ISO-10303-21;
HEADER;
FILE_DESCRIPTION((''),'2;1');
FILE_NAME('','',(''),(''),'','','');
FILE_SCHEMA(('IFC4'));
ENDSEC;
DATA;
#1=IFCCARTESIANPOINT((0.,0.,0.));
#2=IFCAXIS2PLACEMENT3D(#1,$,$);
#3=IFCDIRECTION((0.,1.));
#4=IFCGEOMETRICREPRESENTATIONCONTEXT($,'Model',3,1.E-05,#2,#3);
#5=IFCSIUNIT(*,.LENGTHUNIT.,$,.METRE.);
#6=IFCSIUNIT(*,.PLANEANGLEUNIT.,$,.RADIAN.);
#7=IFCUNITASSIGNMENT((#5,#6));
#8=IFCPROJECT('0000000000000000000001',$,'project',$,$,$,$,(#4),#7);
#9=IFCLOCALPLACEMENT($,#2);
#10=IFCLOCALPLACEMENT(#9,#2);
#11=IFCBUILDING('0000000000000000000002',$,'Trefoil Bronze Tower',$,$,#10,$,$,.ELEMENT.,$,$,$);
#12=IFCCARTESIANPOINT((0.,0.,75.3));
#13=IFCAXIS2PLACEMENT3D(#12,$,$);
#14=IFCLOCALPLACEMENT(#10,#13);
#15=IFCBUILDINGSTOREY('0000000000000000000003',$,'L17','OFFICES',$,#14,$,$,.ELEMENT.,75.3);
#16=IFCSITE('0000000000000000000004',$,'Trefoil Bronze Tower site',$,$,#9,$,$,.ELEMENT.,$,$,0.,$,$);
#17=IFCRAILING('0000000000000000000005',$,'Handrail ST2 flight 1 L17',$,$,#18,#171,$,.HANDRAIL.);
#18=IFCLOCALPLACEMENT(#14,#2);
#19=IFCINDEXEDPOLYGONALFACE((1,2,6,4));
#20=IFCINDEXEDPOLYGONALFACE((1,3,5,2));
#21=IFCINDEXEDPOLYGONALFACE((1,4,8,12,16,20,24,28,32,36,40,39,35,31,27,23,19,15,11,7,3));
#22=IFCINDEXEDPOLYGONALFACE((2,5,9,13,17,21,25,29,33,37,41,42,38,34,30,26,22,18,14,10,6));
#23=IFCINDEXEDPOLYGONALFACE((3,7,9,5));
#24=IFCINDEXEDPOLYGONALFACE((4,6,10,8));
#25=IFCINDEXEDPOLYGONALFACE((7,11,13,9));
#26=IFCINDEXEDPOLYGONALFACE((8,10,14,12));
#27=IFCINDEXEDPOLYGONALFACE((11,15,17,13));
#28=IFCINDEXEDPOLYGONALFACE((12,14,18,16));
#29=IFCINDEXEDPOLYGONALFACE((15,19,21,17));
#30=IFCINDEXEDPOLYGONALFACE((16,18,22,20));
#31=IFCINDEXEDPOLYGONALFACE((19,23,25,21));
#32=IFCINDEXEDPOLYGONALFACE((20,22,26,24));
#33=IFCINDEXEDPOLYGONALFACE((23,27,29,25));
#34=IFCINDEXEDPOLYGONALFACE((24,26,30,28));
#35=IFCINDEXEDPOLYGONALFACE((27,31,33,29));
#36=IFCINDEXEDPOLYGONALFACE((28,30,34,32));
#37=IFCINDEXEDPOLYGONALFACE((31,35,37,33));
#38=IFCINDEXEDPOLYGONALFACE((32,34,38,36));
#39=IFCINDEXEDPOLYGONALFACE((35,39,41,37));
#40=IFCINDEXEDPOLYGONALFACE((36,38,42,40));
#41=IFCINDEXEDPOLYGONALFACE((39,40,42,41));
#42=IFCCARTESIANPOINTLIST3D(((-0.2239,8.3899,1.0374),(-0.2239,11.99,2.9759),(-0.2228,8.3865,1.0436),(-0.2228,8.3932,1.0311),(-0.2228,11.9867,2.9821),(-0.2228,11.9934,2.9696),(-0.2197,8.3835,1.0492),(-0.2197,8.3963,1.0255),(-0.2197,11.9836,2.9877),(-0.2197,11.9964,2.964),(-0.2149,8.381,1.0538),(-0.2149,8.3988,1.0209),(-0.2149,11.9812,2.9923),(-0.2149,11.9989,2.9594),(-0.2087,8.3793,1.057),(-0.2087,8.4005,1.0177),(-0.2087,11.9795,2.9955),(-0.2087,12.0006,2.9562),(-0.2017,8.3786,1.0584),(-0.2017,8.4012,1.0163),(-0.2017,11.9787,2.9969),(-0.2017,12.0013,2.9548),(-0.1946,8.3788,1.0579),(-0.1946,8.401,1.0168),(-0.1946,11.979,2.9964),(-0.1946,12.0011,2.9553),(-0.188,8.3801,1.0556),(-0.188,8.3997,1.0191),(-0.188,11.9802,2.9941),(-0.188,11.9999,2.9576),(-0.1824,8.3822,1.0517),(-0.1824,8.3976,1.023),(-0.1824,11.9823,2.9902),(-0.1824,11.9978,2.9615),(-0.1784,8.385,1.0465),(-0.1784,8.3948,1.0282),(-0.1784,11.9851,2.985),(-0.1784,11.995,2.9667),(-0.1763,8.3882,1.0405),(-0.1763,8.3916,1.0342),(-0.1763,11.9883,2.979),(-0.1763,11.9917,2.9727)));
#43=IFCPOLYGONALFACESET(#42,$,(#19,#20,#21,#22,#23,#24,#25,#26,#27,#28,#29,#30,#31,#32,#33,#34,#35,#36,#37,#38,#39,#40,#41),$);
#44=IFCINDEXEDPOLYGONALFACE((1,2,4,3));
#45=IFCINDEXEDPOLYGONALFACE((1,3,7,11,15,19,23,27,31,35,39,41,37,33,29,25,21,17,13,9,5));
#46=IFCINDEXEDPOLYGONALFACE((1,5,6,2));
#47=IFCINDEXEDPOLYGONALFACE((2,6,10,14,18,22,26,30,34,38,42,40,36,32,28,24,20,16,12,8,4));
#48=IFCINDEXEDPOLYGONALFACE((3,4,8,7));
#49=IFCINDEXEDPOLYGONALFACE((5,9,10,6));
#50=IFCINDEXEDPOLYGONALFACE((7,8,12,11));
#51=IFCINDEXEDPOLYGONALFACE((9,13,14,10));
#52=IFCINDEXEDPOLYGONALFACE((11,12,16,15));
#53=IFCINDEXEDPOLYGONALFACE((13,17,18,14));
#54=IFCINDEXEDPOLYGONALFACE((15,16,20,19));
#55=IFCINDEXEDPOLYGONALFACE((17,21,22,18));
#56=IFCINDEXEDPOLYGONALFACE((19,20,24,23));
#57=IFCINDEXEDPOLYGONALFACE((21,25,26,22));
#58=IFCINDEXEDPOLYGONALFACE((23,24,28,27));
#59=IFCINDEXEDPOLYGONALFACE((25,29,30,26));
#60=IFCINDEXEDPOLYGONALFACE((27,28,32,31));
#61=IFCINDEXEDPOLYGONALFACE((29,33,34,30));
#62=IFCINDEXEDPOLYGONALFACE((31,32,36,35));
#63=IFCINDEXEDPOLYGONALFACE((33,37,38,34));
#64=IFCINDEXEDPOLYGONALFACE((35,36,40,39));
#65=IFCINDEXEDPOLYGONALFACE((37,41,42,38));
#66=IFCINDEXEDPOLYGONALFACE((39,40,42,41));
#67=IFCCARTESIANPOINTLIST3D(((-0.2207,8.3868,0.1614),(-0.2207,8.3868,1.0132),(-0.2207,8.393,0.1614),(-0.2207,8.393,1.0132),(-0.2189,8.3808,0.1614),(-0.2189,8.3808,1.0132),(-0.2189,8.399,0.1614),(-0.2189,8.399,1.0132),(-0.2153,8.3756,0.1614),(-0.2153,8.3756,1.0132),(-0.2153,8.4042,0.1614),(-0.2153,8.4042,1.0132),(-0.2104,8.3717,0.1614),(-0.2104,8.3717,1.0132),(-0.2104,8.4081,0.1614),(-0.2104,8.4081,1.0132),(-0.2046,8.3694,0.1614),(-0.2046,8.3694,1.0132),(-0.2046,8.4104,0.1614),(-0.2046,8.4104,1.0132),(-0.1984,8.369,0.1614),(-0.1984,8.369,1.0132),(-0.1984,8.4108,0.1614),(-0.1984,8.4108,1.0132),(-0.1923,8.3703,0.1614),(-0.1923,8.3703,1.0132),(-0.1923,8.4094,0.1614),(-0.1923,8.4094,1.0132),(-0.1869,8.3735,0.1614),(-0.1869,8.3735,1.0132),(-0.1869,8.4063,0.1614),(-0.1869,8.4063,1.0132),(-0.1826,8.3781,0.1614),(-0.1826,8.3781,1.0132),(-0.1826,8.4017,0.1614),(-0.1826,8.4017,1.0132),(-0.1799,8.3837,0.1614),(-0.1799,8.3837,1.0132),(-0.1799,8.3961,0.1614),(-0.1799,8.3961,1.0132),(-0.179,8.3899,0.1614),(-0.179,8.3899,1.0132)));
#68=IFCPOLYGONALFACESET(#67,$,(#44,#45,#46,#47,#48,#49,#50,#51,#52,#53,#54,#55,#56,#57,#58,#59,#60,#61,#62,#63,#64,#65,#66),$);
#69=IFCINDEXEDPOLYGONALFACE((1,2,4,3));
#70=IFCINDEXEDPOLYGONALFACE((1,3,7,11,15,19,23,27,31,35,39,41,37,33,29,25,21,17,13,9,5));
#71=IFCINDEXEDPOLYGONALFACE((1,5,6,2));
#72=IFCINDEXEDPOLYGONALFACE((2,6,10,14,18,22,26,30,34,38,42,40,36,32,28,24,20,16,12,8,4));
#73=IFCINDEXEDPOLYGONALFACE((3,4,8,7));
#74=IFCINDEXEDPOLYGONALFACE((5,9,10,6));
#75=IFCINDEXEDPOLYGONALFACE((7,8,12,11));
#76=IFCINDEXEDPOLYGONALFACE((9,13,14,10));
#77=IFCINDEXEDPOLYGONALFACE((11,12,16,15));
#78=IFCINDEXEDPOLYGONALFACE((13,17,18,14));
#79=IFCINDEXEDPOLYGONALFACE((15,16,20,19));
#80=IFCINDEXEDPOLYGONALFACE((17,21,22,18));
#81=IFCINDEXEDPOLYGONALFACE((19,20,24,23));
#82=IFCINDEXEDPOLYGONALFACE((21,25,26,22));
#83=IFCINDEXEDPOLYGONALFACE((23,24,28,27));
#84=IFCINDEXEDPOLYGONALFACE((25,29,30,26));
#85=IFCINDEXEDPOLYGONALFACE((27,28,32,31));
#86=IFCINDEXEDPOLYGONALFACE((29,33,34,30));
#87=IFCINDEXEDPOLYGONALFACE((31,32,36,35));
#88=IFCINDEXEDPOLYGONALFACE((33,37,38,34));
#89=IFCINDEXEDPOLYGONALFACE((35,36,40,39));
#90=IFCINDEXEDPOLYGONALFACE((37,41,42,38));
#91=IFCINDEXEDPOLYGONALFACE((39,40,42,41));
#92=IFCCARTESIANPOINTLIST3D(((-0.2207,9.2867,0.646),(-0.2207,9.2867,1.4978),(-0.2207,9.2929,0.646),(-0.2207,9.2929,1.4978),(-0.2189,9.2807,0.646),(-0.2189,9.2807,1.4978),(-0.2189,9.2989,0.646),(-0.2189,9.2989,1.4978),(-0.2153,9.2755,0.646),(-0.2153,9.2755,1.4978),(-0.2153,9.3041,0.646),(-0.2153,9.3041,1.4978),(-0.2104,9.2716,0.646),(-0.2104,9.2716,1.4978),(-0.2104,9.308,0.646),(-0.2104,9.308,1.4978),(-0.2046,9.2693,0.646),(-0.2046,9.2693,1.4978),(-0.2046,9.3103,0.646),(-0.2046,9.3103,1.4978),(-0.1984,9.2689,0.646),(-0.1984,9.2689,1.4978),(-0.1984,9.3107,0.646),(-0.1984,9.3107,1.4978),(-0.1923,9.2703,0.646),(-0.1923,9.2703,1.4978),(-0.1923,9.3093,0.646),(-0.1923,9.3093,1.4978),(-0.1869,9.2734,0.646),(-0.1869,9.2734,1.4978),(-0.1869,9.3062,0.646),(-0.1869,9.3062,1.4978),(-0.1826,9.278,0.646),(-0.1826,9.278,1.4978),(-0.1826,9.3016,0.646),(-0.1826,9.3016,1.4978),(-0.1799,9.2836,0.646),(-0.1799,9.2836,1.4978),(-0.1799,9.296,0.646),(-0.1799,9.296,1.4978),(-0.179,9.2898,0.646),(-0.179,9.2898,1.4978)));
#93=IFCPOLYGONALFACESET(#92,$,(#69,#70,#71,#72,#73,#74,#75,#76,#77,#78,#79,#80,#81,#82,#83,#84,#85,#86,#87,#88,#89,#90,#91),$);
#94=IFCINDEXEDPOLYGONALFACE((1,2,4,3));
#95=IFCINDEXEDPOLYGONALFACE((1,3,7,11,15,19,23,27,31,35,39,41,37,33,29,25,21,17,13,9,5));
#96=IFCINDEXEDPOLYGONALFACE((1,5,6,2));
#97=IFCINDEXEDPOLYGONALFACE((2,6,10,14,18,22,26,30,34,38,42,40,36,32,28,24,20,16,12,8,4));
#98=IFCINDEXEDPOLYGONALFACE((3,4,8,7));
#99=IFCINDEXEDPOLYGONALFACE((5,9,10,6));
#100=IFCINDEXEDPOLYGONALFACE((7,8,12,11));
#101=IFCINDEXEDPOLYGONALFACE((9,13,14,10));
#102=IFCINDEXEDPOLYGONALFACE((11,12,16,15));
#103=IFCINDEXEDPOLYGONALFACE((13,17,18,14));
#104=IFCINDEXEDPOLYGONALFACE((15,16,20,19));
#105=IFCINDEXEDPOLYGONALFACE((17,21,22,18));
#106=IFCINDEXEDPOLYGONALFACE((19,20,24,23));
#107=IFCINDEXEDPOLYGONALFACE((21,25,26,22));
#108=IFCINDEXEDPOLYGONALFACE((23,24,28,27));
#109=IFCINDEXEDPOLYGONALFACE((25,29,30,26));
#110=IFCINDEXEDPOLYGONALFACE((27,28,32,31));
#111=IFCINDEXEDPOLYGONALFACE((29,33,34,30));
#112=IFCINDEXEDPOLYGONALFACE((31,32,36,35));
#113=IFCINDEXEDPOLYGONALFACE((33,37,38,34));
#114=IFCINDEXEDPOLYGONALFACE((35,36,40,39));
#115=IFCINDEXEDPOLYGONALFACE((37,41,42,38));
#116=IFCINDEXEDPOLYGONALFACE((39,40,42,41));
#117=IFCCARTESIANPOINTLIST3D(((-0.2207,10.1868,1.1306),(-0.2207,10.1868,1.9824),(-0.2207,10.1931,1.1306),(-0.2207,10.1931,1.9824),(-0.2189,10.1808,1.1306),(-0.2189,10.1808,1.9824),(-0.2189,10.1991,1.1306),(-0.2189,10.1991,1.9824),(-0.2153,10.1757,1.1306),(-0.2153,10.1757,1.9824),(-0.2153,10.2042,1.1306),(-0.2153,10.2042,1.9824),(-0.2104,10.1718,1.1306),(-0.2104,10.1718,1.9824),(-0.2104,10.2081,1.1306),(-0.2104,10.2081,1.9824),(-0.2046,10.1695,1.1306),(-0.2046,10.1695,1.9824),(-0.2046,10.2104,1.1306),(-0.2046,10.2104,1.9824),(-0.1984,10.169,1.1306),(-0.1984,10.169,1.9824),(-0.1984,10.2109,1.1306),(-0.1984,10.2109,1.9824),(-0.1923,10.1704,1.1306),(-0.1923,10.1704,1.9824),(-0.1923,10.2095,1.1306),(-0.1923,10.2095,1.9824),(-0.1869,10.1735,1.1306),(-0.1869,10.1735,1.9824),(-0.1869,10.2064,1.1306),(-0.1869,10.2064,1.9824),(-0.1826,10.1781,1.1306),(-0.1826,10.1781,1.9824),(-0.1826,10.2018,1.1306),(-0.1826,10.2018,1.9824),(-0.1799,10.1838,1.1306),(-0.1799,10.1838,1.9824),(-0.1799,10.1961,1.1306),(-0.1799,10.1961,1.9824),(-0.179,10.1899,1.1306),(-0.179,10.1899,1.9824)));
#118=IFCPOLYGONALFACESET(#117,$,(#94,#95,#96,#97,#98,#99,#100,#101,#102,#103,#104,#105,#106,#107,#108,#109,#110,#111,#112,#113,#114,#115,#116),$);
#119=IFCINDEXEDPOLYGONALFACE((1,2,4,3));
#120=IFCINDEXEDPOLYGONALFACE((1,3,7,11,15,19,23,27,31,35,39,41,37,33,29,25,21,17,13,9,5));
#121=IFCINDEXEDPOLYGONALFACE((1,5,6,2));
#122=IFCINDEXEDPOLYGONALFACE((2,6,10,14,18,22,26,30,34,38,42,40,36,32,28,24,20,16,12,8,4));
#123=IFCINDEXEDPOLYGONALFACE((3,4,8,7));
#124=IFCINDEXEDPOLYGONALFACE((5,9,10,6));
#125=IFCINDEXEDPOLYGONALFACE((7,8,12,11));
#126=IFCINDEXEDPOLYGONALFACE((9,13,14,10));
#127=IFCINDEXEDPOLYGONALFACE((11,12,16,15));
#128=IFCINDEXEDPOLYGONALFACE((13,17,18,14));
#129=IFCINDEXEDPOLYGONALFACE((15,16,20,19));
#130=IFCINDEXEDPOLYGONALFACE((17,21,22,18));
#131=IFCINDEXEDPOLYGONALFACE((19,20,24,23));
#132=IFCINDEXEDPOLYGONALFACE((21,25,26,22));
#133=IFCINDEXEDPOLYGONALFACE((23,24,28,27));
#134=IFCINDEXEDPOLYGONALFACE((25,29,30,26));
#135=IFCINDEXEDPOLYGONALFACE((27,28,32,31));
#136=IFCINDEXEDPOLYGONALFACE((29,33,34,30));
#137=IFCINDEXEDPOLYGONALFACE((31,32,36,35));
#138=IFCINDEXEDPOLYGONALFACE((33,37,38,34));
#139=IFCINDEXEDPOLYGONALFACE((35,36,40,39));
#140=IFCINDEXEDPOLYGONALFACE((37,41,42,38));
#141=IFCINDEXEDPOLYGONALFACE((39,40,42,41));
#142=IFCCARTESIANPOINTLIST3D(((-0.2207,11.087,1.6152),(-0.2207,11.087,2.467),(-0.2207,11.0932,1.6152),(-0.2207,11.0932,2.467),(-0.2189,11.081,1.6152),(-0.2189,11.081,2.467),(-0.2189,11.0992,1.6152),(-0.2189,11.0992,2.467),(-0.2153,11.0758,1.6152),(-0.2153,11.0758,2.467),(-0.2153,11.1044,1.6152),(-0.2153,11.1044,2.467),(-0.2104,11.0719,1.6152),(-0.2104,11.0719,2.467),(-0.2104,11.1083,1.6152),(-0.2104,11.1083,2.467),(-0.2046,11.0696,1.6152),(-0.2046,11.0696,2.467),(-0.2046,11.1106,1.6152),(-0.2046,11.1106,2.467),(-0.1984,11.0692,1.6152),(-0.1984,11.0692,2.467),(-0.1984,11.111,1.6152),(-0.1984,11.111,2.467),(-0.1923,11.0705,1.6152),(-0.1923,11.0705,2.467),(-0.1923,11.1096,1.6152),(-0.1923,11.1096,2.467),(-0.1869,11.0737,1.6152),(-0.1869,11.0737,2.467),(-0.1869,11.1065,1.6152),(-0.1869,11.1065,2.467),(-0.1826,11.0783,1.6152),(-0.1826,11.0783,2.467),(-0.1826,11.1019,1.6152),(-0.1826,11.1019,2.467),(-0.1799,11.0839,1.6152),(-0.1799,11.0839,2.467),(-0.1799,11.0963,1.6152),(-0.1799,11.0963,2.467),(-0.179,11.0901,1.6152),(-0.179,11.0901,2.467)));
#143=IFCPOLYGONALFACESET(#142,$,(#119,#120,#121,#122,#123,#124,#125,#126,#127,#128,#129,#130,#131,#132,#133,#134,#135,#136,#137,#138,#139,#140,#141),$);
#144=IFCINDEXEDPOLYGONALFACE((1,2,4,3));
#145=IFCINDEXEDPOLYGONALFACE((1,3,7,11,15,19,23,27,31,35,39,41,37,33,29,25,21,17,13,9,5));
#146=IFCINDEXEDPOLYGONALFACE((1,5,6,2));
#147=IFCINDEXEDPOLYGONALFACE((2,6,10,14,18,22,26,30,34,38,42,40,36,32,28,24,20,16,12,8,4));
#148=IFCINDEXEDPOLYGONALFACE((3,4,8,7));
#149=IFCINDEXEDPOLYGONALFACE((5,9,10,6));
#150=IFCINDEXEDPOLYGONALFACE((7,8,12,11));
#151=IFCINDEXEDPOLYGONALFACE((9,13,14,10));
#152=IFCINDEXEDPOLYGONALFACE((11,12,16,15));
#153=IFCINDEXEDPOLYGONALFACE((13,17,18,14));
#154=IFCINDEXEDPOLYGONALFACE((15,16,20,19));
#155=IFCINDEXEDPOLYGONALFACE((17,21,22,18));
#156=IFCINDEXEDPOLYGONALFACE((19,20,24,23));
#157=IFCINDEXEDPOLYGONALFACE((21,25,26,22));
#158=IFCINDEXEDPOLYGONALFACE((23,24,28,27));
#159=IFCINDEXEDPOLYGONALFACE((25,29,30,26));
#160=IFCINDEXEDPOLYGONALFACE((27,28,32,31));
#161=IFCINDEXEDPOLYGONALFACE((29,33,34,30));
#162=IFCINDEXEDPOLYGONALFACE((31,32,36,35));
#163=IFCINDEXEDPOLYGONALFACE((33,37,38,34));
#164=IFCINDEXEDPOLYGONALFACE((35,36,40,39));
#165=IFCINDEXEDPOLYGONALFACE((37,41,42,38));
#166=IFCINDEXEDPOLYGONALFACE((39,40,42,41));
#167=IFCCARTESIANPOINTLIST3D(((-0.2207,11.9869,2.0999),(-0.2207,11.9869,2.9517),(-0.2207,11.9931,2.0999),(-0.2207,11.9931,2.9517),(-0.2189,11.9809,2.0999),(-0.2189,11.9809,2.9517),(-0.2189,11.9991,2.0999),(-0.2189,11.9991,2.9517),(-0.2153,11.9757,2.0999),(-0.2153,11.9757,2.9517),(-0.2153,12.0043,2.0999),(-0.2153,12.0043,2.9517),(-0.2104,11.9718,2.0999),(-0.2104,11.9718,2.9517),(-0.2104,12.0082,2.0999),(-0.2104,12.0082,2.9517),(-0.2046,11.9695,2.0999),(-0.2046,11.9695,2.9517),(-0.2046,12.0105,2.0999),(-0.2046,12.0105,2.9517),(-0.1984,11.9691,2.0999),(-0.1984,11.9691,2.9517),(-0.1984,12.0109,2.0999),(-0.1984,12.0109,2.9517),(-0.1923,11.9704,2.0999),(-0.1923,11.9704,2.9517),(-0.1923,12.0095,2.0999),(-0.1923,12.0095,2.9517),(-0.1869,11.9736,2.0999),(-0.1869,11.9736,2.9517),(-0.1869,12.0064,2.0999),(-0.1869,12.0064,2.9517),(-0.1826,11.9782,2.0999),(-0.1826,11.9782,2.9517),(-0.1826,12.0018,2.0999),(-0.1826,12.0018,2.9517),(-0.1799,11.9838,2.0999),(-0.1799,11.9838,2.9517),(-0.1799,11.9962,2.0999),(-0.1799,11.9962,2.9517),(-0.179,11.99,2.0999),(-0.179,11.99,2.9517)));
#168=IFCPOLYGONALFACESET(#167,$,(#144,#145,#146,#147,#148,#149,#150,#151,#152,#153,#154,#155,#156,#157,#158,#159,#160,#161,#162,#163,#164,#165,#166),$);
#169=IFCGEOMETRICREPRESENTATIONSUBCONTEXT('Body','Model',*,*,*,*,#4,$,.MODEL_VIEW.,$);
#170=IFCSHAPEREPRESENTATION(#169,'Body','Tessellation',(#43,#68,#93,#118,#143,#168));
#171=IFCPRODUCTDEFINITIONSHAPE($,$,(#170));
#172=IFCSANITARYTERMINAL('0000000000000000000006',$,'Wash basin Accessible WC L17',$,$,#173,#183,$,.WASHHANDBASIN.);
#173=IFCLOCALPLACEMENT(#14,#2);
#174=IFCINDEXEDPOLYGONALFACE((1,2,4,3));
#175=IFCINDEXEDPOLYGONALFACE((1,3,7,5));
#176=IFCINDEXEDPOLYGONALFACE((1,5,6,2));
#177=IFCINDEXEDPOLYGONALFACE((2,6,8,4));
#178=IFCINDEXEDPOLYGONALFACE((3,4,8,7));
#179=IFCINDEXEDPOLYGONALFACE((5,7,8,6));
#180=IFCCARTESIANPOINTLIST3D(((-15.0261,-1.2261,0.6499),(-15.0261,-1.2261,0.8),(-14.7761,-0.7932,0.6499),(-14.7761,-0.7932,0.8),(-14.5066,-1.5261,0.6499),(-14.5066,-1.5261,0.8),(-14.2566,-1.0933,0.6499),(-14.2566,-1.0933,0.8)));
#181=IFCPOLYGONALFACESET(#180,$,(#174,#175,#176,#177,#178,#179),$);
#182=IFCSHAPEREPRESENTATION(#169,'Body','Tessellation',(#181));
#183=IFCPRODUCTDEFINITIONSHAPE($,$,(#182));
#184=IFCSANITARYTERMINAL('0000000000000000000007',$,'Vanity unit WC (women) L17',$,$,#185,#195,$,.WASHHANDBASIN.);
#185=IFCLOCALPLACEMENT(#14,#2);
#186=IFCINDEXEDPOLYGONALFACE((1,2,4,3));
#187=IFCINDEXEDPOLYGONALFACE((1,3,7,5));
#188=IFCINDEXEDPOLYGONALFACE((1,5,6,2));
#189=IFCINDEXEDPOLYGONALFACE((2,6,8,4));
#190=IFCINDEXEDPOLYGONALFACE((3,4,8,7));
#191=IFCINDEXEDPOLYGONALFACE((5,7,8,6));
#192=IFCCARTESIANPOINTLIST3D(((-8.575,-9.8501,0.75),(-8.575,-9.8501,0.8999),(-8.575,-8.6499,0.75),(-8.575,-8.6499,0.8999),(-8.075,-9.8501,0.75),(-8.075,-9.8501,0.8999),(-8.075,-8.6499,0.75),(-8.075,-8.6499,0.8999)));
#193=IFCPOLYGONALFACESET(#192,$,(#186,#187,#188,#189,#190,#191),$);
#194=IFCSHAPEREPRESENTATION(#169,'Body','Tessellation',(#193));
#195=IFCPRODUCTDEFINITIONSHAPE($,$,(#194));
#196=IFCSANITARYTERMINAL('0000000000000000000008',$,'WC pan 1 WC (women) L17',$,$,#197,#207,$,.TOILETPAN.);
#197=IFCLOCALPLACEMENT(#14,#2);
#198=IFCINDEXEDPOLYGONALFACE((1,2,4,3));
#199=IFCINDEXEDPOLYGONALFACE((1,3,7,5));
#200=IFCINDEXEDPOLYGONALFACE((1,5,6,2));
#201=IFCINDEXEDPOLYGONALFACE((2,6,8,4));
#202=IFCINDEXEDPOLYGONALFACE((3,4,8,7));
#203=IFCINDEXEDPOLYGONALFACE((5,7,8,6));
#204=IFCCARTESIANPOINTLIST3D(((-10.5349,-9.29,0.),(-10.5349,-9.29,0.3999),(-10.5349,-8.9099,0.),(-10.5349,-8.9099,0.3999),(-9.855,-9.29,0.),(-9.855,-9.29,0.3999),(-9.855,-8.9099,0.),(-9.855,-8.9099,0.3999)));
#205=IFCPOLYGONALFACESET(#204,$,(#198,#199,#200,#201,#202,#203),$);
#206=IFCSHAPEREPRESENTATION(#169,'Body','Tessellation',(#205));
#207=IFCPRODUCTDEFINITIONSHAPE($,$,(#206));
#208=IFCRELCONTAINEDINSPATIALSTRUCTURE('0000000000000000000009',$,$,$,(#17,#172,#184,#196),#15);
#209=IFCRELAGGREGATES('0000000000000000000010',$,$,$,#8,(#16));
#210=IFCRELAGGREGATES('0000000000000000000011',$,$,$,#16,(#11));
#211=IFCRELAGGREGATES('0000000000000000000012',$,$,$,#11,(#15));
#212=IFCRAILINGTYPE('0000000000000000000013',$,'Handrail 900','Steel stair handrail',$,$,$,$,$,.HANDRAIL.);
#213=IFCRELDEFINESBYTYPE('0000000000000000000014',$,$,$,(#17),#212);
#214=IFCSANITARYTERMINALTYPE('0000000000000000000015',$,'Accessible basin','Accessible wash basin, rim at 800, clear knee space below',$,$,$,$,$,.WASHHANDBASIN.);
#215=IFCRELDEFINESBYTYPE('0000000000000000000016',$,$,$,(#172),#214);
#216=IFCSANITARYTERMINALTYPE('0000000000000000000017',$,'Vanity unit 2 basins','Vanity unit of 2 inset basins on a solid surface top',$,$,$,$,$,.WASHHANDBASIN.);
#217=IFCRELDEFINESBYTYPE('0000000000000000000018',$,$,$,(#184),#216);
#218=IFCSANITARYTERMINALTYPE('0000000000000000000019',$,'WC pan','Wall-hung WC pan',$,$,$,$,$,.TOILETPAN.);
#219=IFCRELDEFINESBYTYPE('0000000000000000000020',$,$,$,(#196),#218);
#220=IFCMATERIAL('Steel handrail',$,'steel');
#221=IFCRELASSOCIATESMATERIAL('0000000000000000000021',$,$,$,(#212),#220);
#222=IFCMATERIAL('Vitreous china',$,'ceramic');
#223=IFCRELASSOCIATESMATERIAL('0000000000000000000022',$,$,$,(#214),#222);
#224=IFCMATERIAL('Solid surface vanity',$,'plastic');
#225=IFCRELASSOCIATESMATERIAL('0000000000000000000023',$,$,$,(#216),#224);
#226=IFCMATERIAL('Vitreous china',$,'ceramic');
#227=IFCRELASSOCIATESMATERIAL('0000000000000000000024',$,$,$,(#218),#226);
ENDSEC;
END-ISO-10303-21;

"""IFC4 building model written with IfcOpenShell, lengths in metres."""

from ifc_helpers import new_model, si_unit, direction, frame, origin, origin_2d, place, context, subcontext, project, spatial, polyline, circle, outline, extrude, material, type_object, element, save


model = new_model("IFC4")

# Units and contexts
model_context = context("Model", 3, precision=1e-05, world=origin(), true_north=direction((0.0, 1.0)))
body_context = subcontext(model_context, "Body", "Model", "MODEL_VIEW")
ifc_project = project(units=[si_unit("LENGTHUNIT", "METRE"), si_unit("PLANEANGLEUNIT", "RADIAN")], contexts=[model_context])

# Site, building, storey
site_placement = place(None, origin())
site = spatial("IfcSite", under=ifc_project, at=site_placement, Name="Trefoil Bronze Tower site", CompositionType="ELEMENT", RefElevation=0.0)
building_placement = place(site_placement, origin())
building = spatial("IfcBuilding", under=site, at=building_placement, Name="Trefoil Bronze Tower", CompositionType="ELEMENT")
storey_placement = place(building_placement, frame((0.0, 0.0, 75.3)))
storey = spatial("IfcBuildingStorey", under=building, at=storey_placement, Name="L17", Description="OFFICES", CompositionType="ELEMENT", Elevation=75.3)

# Railing
ifc_material_1 = material(Name="Steel handrail", Category="steel")
railing_type = type_object("IfcRailingType", Name="Handrail 900", Description="Steel stair handrail", PredefinedType="HANDRAIL", material=ifc_material_1)
railing_placement = place(storey_placement, frame((-0.2, 8.3899, 0.1614)))
element("IfcRailing", 1, at=railing_placement, inside=storey, type_object=railing_type, Name="Handrail ST2 flight 1 L17", PredefinedType="HANDRAIL", context=body_context, shape_type="SweptSolid", body=[
    extrude(circle(Radius=0.0239, at=origin_2d()), frame((0.0, 0.0, 0.876), z_axis=(0.0, 0.880475, 0.474093), x_axis=(-1.0, 0.0, 0.0)), (0.0, 0.0, 1.0), 4.0889),
    extrude(circle(Radius=0.021, at=origin_2d()), origin(), (0.0, 0.0, 1.0), 0.8518),
    extrude(circle(Radius=0.021, at=origin_2d()), frame((0.0, 0.8999, 0.4846)), (0.0, 0.0, 1.0), 0.8518),
    extrude(circle(Radius=0.021, at=origin_2d()), frame((0.0, 1.8, 0.9692)), (0.0, 0.0, 1.0), 0.8518),
    extrude(circle(Radius=0.021, at=origin_2d()), frame((0.0, 2.7002, 1.4539)), (0.0, 0.0, 1.0), 0.8518),
    extrude(circle(Radius=0.021, at=origin_2d()), frame((0.0, 3.6001, 1.9385)), (0.0, 0.0, 1.0), 0.8518),
])

# Sanitary terminals
ifc_material_2 = material(Name="Vitreous china", Category="ceramic")
sanitary_terminal_type_1 = type_object("IfcSanitaryTerminalType", Name="Accessible basin", Description="Accessible wash basin, rim at 800, clear knee space below", PredefinedType="WASHHANDBASIN", material=ifc_material_2)
sanitary_terminal_1_placement = place(storey_placement, frame((0.0, 0.0, 0.6499)))
element("IfcSanitaryTerminal", 2, at=sanitary_terminal_1_placement, inside=storey, type_object=sanitary_terminal_type_1, Name="Wash basin Accessible WC L17", PredefinedType="WASHHANDBASIN", context=body_context, shape_type="SweptSolid", body=[
    extrude(outline(polyline([(-14.2566, -1.0933), (-14.5066, -1.5261), (-15.0261, -1.2261), (-14.7761, -0.7932), (-14.2566, -1.0933)])), origin(), (0.0, 0.0, 1.0), 0.1501),
])
ifc_material_3 = material(Name="Solid surface vanity", Category="plastic")
sanitary_terminal_type_2 = type_object("IfcSanitaryTerminalType", Name="Vanity unit 2 basins", Description="Vanity unit of 2 inset basins on a solid surface top", PredefinedType="WASHHANDBASIN", material=ifc_material_3)
sanitary_terminal_2_placement = place(storey_placement, frame((0.0, 0.0, 0.75)))
element("IfcSanitaryTerminal", 3, at=sanitary_terminal_2_placement, inside=storey, type_object=sanitary_terminal_type_2, Name="Vanity unit WC (women) L17", PredefinedType="WASHHANDBASIN", context=body_context, shape_type="SweptSolid", body=[
    extrude(outline(polyline([(-8.075, -8.6499), (-8.575, -8.6499), (-8.575, -9.8501), (-8.075, -9.8501), (-8.075, -8.6499)])), origin(), (0.0, 0.0, 1.0), 0.1499),
])
ifc_material_4 = material(Name="Vitreous china", Category="ceramic")
sanitary_terminal_type_3 = type_object("IfcSanitaryTerminalType", Name="WC pan", Description="Wall-hung WC pan", PredefinedType="TOILETPAN", material=ifc_material_4)
sanitary_terminal_3_placement = place(storey_placement, origin())
element("IfcSanitaryTerminal", 4, at=sanitary_terminal_3_placement, inside=storey, type_object=sanitary_terminal_type_3, Name="WC pan 1 WC (women) L17", PredefinedType="TOILETPAN", context=body_context, shape_type="SweptSolid", body=[
    extrude(outline(polyline([(-9.855, -8.9099), (-10.5349, -8.9099), (-10.5349, -9.29), (-9.855, -9.29), (-9.855, -8.9099)])), origin(), (0.0, 0.0, 1.0), 0.3999),
])

save(model, "model.ifc")
